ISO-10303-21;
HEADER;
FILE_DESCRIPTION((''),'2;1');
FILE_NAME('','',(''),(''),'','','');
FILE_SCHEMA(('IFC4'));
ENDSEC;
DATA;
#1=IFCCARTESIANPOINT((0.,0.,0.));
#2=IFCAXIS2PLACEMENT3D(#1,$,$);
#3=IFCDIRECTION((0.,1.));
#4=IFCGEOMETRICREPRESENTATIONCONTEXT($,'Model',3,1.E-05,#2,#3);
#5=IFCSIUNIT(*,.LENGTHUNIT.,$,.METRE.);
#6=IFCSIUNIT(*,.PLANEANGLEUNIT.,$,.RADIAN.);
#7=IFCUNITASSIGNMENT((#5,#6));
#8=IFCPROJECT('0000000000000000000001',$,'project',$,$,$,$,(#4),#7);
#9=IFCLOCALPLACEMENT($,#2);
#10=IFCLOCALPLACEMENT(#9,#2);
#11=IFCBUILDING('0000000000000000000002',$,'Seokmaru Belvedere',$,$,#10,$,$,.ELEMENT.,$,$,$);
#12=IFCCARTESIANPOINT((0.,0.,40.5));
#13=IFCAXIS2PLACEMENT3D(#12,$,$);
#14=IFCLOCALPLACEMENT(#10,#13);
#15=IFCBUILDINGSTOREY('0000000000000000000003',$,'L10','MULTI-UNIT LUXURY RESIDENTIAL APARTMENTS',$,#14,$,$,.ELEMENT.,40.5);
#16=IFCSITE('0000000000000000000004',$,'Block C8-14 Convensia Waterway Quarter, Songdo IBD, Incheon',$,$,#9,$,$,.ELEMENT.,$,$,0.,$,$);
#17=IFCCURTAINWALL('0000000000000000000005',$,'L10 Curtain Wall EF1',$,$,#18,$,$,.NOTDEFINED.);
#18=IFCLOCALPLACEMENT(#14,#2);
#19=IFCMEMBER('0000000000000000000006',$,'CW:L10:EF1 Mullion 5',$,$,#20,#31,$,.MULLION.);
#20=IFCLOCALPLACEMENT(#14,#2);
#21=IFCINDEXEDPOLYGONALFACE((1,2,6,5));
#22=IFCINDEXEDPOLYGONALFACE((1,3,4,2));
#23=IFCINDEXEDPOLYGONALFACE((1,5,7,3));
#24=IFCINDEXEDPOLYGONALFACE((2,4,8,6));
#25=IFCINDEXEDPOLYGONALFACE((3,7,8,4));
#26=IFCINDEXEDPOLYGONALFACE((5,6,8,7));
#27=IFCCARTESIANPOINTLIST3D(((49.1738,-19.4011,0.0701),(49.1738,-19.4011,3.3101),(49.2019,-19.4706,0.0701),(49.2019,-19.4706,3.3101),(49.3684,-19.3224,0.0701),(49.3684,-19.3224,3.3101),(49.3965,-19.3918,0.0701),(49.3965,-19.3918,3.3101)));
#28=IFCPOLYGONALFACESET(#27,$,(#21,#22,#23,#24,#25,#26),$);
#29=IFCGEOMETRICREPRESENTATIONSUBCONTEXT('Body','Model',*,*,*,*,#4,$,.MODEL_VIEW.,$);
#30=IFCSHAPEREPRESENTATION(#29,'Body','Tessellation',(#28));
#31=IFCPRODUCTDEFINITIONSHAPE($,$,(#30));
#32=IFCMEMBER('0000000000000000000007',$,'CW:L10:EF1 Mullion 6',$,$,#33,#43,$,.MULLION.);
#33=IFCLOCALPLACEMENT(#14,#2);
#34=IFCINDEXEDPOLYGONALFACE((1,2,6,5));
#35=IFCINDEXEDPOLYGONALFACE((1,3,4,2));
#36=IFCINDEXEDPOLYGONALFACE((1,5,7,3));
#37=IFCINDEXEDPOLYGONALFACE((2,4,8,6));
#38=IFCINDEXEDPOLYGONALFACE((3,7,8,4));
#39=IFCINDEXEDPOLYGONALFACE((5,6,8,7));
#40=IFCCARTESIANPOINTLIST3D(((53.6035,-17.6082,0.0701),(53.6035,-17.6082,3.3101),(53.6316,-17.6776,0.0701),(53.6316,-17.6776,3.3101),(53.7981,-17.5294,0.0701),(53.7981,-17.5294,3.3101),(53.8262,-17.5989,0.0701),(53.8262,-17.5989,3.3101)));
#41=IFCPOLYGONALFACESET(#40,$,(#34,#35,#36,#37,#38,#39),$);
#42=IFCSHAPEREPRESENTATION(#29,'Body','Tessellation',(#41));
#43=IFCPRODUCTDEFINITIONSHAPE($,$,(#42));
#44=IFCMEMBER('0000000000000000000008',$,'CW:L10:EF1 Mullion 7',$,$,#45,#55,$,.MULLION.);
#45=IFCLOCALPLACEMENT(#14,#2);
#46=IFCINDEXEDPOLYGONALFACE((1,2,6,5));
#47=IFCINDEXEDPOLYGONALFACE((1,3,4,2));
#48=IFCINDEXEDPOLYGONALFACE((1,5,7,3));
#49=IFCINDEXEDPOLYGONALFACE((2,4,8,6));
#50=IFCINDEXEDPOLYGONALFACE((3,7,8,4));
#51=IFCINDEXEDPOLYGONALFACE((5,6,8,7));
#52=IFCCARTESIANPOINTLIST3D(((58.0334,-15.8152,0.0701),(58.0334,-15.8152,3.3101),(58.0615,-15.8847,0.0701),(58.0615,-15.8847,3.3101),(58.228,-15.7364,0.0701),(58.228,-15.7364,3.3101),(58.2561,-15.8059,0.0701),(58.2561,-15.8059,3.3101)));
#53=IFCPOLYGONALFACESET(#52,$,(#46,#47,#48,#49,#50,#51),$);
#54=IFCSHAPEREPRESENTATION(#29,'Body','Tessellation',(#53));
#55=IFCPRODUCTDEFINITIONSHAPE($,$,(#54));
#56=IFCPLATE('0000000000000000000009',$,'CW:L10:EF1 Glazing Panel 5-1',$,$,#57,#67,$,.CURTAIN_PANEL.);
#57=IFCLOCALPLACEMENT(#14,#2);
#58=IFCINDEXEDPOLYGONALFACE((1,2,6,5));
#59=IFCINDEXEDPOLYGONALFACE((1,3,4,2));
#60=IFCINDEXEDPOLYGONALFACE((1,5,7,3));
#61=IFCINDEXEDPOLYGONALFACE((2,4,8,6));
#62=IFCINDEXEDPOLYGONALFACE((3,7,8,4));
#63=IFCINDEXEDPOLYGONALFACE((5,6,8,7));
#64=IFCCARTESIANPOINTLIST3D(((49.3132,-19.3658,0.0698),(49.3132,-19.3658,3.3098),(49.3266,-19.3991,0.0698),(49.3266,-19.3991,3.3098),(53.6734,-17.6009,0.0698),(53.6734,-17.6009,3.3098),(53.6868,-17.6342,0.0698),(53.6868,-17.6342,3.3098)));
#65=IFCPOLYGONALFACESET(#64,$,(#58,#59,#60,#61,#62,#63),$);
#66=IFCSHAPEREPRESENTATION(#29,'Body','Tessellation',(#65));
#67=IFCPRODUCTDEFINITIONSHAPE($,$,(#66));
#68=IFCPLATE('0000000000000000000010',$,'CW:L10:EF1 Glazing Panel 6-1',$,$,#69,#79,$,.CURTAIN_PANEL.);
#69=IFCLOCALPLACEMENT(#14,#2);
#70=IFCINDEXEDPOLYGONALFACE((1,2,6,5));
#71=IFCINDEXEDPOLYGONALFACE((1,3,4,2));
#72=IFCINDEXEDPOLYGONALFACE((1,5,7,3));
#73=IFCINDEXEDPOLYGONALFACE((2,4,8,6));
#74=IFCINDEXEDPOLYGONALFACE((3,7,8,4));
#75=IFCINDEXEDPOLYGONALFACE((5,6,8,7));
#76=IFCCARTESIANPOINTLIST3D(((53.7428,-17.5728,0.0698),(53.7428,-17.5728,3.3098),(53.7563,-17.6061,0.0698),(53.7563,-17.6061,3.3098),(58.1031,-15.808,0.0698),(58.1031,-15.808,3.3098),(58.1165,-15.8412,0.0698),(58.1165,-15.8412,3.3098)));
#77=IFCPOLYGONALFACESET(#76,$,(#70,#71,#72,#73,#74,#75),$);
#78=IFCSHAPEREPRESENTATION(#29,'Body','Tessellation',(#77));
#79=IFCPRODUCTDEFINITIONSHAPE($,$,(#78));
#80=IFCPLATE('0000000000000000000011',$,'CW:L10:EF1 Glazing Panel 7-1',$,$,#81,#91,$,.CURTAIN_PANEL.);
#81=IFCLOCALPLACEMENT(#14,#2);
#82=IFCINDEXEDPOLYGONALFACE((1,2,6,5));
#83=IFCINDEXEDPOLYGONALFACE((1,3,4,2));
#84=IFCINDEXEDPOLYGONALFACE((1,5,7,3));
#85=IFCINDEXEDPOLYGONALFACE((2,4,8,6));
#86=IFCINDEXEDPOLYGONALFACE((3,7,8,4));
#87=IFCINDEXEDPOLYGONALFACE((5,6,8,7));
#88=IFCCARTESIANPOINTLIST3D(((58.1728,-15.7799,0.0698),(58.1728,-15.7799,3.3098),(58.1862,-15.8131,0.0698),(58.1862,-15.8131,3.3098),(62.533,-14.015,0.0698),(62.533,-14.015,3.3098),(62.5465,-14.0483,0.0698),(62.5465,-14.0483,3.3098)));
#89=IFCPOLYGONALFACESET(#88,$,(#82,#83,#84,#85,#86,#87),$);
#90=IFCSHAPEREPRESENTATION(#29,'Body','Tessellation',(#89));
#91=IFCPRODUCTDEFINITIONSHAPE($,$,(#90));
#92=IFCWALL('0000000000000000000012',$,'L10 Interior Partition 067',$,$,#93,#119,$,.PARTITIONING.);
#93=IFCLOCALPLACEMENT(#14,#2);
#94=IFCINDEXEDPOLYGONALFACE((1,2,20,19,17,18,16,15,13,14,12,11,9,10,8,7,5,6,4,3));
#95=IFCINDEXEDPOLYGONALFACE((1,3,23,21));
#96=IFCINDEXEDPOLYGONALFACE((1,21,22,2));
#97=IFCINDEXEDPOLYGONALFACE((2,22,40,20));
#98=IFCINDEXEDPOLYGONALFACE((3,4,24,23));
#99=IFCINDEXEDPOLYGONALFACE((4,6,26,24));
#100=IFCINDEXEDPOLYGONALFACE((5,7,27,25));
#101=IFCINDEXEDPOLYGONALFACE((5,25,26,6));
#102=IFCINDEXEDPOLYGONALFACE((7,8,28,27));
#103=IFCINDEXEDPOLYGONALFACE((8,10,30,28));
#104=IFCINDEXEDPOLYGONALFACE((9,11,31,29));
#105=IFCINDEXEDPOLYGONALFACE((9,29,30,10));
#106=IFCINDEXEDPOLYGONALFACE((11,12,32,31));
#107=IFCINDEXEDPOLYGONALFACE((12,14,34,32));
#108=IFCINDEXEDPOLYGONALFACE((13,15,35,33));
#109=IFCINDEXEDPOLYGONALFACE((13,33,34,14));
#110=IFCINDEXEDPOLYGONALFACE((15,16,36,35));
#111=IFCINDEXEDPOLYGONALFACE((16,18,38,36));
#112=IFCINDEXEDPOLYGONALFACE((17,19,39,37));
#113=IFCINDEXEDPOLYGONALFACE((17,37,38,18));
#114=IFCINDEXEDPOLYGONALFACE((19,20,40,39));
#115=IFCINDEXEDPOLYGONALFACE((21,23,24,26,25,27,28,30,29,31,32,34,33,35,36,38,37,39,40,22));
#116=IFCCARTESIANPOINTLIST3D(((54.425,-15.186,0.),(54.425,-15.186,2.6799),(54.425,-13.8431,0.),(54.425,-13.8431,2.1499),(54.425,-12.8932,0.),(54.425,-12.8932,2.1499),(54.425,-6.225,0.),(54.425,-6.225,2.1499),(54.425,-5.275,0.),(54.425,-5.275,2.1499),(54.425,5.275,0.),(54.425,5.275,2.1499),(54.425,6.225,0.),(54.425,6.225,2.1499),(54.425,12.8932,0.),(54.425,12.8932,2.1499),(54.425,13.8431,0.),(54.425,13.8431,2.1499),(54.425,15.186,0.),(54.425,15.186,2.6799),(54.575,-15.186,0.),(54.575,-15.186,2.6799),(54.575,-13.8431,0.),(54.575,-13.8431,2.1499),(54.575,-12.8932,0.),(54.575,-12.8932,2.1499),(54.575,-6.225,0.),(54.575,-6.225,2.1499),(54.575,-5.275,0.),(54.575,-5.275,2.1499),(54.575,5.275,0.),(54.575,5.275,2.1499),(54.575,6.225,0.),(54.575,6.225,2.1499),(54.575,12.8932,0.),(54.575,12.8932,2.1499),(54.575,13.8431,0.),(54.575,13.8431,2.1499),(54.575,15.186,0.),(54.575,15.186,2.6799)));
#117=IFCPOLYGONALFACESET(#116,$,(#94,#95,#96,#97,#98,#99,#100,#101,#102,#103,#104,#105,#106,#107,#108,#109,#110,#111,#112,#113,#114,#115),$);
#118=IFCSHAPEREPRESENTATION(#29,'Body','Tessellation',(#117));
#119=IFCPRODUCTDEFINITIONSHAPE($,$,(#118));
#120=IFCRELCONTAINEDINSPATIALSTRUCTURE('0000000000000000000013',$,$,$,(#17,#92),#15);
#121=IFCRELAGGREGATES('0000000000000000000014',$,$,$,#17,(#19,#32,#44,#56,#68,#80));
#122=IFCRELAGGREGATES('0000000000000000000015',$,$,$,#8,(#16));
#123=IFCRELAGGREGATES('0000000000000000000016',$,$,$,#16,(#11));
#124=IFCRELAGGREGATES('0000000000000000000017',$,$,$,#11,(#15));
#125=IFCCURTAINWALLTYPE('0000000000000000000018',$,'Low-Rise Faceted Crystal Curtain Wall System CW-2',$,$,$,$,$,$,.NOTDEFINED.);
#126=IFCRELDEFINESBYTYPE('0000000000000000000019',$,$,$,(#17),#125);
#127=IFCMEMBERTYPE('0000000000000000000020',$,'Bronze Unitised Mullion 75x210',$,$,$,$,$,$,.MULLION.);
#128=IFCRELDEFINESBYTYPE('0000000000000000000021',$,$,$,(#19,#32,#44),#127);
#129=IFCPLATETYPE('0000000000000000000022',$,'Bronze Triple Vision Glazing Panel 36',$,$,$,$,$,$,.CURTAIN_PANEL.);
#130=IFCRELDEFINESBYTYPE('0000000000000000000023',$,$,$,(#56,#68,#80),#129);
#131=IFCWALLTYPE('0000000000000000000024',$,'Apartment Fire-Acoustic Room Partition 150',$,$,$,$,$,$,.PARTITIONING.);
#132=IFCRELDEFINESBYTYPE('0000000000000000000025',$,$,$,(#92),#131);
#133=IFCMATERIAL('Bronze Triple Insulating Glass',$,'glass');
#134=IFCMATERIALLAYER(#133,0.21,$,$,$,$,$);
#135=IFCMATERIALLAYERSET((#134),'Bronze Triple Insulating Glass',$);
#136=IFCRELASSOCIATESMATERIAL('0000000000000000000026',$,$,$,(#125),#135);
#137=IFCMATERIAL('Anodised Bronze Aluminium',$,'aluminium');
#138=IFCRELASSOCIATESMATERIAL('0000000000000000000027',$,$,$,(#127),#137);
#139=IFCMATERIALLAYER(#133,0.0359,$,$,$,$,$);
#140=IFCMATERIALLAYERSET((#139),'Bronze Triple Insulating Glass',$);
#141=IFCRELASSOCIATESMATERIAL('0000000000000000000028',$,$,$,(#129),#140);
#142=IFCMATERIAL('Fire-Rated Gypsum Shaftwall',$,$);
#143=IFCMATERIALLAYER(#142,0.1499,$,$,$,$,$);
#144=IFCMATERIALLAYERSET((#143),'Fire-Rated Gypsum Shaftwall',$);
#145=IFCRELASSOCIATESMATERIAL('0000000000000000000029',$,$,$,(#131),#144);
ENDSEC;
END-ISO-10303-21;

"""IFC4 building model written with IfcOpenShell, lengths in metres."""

from ifc_helpers import new_model, si_unit, direction, frame, frame_2d, origin, origin_2d, place, context, subcontext, project, spatial, rectangle, extrude, source, transform, mapped, material, layer, layer_set, material_profile, profile_set, type_object, type_shapes, element, aggregate, save


model = new_model("IFC4")

# Units and contexts
model_context = context("Model", 3, precision=1e-05, world=origin(), true_north=direction((0.0, 1.0)))
body_context = subcontext(model_context, "Body", "Model", "MODEL_VIEW")
ifc_project = project(units=[si_unit("LENGTHUNIT", "METRE"), si_unit("PLANEANGLEUNIT", "RADIAN")], contexts=[model_context])

# Site, building, storey
site_placement = place(None, origin())
site = spatial("IfcSite", under=ifc_project, at=site_placement, Name="Block C8-14 Convensia Waterway Quarter, Songdo IBD, Incheon", CompositionType="ELEMENT", RefElevation=0.0)
building_placement = place(site_placement, origin())
building = spatial("IfcBuilding", under=site, at=building_placement, Name="Seokmaru Belvedere", CompositionType="ELEMENT")
storey_placement = place(building_placement, frame((0.0, 0.0, 40.5)))
storey = spatial("IfcBuildingStorey", under=building, at=storey_placement, Name="L10", Description="MULTI-UNIT LUXURY RESIDENTIAL APARTMENTS", CompositionType="ELEMENT", Elevation=40.5)

# Curtain wall, members, plates
ifc_material_1 = material(Name="Bronze Triple Insulating Glass", Category="glass")
ifc_layer_1 = layer(ifc_material_1, 0.21)
ifc_layer_set_1 = layer_set([ifc_layer_1], Name="Bronze Triple Insulating Glass")
curtain_wall_type = type_object("IfcCurtainWallType", Name="Low-Rise Faceted Crystal Curtain Wall System CW-2", PredefinedType="NOTDEFINED", material=ifc_layer_set_1)
curtain_wall_placement = place(storey_placement, origin())
curtain_wall = element("IfcCurtainWall", 1, at=curtain_wall_placement, inside=storey, type_object=curtain_wall_type, Name="L10 Curtain Wall EF1", PredefinedType="NOTDEFINED")
ifc_material_2 = material(Name="Anodised Bronze Aluminium", Category="aluminium")
ifc_material_profile_1 = material_profile(ifc_material_2, rectangle(XDim=0.075, YDim=0.21, at=origin_2d()), Name="CW-M-75x210")
ifc_profile_set_1 = profile_set([ifc_material_profile_1], Name="Anodised Bronze Aluminium")
member_type = type_object("IfcMemberType", Name="Bronze Unitised Mullion 75x210", PredefinedType="MULLION", material=ifc_profile_set_1)
shared_shape_1 = source(origin(), body_context, "Body", "SweptSolid", [
    extrude(rectangle(XDim=0.075, YDim=0.21, at=origin_2d()), origin(), (0.0, 0.0, 1.0), 3.24),
])
type_shapes(member_type, [shared_shape_1])
member_1_placement = place(storey_placement, frame((49.2852, -19.3965, 0.0701), z_axis=(0.0, 0.0, 1.0), x_axis=(-0.375192, 0.926947, 0.0)))
member_1 = element("IfcMember", 2, at=member_1_placement, type_object=member_type, Name="CW:L10:EF1 Mullion 5", PredefinedType="MULLION", context=body_context, shape_type="MappedRepresentation", body=[
    mapped(shared_shape_1, transform((0.0, 0.0, 0.0), scale=1.0)),
])
member_2_placement = place(storey_placement, frame((53.7148, -17.6035, 0.0701), z_axis=(0.0, 0.0, 1.0), x_axis=(-0.375192, 0.926947, 0.0)))
member_2 = element("IfcMember", 3, at=member_2_placement, type_object=member_type, Name="CW:L10:EF1 Mullion 6", PredefinedType="MULLION", context=body_context, shape_type="MappedRepresentation", body=[
    mapped(shared_shape_1, transform((0.0, 0.0, 0.0), scale=1.0)),
])
member_3_placement = place(storey_placement, frame((58.1448, -15.8105, 0.0701), z_axis=(0.0, 0.0, 1.0), x_axis=(-0.375192, 0.926947, 0.0)))
member_3 = element("IfcMember", 4, at=member_3_placement, type_object=member_type, Name="CW:L10:EF1 Mullion 7", PredefinedType="MULLION", context=body_context, shape_type="MappedRepresentation", body=[
    mapped(shared_shape_1, transform((0.0, 0.0, 0.0), scale=1.0)),
])
ifc_layer_2 = layer(ifc_material_1, 0.0359)
ifc_layer_set_2 = layer_set([ifc_layer_2], Name="Bronze Triple Insulating Glass")
plate_type = type_object("IfcPlateType", Name="Bronze Triple Vision Glazing Panel 36", PredefinedType="CURTAIN_PANEL", material=ifc_layer_set_2)
shared_shape_2 = source(origin(), body_context, "Body", "SweptSolid", [
    extrude(rectangle(XDim=4.7039, YDim=0.0359, at=origin_2d()), origin(), (0.0, 0.0, 1.0), 3.24),
])
type_shapes(plate_type, [shared_shape_2])
plate_1_placement = place(storey_placement, frame((51.5, -18.5, 0.0698), z_axis=(0.0, 0.0, 1.0), x_axis=(0.926947, 0.375192, 0.0)))
plate_1 = element("IfcPlate", 5, at=plate_1_placement, type_object=plate_type, Name="CW:L10:EF1 Glazing Panel 5-1", PredefinedType="CURTAIN_PANEL", context=body_context, shape_type="MappedRepresentation", body=[
    mapped(shared_shape_2, transform((0.0, 0.0, 0.0), scale=1.0)),
])
plate_2_placement = place(storey_placement, frame((55.9297, -16.707, 0.0698), z_axis=(0.0, 0.0, 1.0), x_axis=(0.926947, 0.375192, 0.0)))
plate_2 = element("IfcPlate", 6, at=plate_2_placement, type_object=plate_type, Name="CW:L10:EF1 Glazing Panel 6-1", PredefinedType="CURTAIN_PANEL", context=body_context, shape_type="MappedRepresentation", body=[
    mapped(shared_shape_2, transform((0.0, 0.0, 0.0), scale=1.0)),
])
plate_3_placement = place(storey_placement, frame((60.3596, -14.9141, 0.0698), z_axis=(0.0, 0.0, 1.0), x_axis=(0.926947, 0.375192, 0.0)))
plate_3 = element("IfcPlate", 7, at=plate_3_placement, type_object=plate_type, Name="CW:L10:EF1 Glazing Panel 7-1", PredefinedType="CURTAIN_PANEL", context=body_context, shape_type="MappedRepresentation", body=[
    mapped(shared_shape_2, transform((0.0, 0.0, 0.0), scale=1.0)),
])
aggregate(curtain_wall, [member_1, member_2, member_3, plate_1, plate_2, plate_3])

# Wall, openings
ifc_material_3 = material(Name="Fire-Rated Gypsum Shaftwall")
ifc_layer_3 = layer(ifc_material_3, 0.1499)
ifc_layer_set_3 = layer_set([ifc_layer_3], Name="Fire-Rated Gypsum Shaftwall")
wall_type = type_object("IfcWallType", Name="Apartment Fire-Acoustic Room Partition 150", PredefinedType="PARTITIONING", material=ifc_layer_set_3)
wall_1_placement = place(storey_placement, frame((54.5, -15.186, 0.0), z_axis=(0.0, 0.0, 1.0), x_axis=(0.0, 1.0, 0.0)))
wall_1 = element("IfcWall", 8, at=wall_1_placement, inside=storey, type_object=wall_type, Name="L10 Interior Partition 067", PredefinedType="PARTITIONING", context=body_context, shape_type="SweptSolid", body=[
    extrude(rectangle(XDim=30.3721, YDim=0.1499, at=frame_2d((15.186, 0.0))), origin(), (0.0, 0.0, 1.0), 2.6799),
])
opening_1_placement = place(wall_1_placement, frame((1.3428, 0.0, 0.0)))
element("IfcOpeningElement", 9, at=opening_1_placement, cuts=wall_1, PredefinedType="OPENING", context=body_context, shape_type="SweptSolid", body=[
    extrude(rectangle(XDim=0.95, YDim=2.1499, at=frame_2d((0.4751, 1.075))), frame((0.0, 0.085, 0.0), z_axis=(0.0, -1.0, 0.0), x_axis=(1.0, 0.0, 0.0)), (0.0, 0.0, 1.0), 0.1699),
])
opening_2_placement = place(wall_1_placement, frame((8.9609, 0.0, 0.0)))
element("IfcOpeningElement", 10, at=opening_2_placement, cuts=wall_1, PredefinedType="OPENING", context=body_context, shape_type="SweptSolid", body=[
    extrude(rectangle(XDim=0.95, YDim=2.1499, at=frame_2d((0.4751, 1.075))), frame((0.0, 0.085, 0.0), z_axis=(0.0, -1.0, 0.0), x_axis=(1.0, 0.0, 0.0)), (0.0, 0.0, 1.0), 0.1699),
])
opening_3_placement = place(wall_1_placement, frame((20.4609, 0.0, 0.0)))
element("IfcOpeningElement", 11, at=opening_3_placement, cuts=wall_1, PredefinedType="OPENING", context=body_context, shape_type="SweptSolid", body=[
    extrude(rectangle(XDim=0.95, YDim=2.1499, at=frame_2d((0.4751, 1.075))), frame((0.0, 0.085, 0.0), z_axis=(0.0, -1.0, 0.0), x_axis=(1.0, 0.0, 0.0)), (0.0, 0.0, 1.0), 0.1699),
])
opening_4_placement = place(wall_1_placement, frame((28.0791, 0.0, 0.0)))
element("IfcOpeningElement", 12, at=opening_4_placement, cuts=wall_1, PredefinedType="OPENING", context=body_context, shape_type="SweptSolid", body=[
    extrude(rectangle(XDim=0.95, YDim=2.1499, at=frame_2d((0.4751, 1.075))), frame((0.0, 0.085, 0.0), z_axis=(0.0, -1.0, 0.0), x_axis=(1.0, 0.0, 0.0)), (0.0, 0.0, 1.0), 0.1699),
])

save(model, "model.ifc")
